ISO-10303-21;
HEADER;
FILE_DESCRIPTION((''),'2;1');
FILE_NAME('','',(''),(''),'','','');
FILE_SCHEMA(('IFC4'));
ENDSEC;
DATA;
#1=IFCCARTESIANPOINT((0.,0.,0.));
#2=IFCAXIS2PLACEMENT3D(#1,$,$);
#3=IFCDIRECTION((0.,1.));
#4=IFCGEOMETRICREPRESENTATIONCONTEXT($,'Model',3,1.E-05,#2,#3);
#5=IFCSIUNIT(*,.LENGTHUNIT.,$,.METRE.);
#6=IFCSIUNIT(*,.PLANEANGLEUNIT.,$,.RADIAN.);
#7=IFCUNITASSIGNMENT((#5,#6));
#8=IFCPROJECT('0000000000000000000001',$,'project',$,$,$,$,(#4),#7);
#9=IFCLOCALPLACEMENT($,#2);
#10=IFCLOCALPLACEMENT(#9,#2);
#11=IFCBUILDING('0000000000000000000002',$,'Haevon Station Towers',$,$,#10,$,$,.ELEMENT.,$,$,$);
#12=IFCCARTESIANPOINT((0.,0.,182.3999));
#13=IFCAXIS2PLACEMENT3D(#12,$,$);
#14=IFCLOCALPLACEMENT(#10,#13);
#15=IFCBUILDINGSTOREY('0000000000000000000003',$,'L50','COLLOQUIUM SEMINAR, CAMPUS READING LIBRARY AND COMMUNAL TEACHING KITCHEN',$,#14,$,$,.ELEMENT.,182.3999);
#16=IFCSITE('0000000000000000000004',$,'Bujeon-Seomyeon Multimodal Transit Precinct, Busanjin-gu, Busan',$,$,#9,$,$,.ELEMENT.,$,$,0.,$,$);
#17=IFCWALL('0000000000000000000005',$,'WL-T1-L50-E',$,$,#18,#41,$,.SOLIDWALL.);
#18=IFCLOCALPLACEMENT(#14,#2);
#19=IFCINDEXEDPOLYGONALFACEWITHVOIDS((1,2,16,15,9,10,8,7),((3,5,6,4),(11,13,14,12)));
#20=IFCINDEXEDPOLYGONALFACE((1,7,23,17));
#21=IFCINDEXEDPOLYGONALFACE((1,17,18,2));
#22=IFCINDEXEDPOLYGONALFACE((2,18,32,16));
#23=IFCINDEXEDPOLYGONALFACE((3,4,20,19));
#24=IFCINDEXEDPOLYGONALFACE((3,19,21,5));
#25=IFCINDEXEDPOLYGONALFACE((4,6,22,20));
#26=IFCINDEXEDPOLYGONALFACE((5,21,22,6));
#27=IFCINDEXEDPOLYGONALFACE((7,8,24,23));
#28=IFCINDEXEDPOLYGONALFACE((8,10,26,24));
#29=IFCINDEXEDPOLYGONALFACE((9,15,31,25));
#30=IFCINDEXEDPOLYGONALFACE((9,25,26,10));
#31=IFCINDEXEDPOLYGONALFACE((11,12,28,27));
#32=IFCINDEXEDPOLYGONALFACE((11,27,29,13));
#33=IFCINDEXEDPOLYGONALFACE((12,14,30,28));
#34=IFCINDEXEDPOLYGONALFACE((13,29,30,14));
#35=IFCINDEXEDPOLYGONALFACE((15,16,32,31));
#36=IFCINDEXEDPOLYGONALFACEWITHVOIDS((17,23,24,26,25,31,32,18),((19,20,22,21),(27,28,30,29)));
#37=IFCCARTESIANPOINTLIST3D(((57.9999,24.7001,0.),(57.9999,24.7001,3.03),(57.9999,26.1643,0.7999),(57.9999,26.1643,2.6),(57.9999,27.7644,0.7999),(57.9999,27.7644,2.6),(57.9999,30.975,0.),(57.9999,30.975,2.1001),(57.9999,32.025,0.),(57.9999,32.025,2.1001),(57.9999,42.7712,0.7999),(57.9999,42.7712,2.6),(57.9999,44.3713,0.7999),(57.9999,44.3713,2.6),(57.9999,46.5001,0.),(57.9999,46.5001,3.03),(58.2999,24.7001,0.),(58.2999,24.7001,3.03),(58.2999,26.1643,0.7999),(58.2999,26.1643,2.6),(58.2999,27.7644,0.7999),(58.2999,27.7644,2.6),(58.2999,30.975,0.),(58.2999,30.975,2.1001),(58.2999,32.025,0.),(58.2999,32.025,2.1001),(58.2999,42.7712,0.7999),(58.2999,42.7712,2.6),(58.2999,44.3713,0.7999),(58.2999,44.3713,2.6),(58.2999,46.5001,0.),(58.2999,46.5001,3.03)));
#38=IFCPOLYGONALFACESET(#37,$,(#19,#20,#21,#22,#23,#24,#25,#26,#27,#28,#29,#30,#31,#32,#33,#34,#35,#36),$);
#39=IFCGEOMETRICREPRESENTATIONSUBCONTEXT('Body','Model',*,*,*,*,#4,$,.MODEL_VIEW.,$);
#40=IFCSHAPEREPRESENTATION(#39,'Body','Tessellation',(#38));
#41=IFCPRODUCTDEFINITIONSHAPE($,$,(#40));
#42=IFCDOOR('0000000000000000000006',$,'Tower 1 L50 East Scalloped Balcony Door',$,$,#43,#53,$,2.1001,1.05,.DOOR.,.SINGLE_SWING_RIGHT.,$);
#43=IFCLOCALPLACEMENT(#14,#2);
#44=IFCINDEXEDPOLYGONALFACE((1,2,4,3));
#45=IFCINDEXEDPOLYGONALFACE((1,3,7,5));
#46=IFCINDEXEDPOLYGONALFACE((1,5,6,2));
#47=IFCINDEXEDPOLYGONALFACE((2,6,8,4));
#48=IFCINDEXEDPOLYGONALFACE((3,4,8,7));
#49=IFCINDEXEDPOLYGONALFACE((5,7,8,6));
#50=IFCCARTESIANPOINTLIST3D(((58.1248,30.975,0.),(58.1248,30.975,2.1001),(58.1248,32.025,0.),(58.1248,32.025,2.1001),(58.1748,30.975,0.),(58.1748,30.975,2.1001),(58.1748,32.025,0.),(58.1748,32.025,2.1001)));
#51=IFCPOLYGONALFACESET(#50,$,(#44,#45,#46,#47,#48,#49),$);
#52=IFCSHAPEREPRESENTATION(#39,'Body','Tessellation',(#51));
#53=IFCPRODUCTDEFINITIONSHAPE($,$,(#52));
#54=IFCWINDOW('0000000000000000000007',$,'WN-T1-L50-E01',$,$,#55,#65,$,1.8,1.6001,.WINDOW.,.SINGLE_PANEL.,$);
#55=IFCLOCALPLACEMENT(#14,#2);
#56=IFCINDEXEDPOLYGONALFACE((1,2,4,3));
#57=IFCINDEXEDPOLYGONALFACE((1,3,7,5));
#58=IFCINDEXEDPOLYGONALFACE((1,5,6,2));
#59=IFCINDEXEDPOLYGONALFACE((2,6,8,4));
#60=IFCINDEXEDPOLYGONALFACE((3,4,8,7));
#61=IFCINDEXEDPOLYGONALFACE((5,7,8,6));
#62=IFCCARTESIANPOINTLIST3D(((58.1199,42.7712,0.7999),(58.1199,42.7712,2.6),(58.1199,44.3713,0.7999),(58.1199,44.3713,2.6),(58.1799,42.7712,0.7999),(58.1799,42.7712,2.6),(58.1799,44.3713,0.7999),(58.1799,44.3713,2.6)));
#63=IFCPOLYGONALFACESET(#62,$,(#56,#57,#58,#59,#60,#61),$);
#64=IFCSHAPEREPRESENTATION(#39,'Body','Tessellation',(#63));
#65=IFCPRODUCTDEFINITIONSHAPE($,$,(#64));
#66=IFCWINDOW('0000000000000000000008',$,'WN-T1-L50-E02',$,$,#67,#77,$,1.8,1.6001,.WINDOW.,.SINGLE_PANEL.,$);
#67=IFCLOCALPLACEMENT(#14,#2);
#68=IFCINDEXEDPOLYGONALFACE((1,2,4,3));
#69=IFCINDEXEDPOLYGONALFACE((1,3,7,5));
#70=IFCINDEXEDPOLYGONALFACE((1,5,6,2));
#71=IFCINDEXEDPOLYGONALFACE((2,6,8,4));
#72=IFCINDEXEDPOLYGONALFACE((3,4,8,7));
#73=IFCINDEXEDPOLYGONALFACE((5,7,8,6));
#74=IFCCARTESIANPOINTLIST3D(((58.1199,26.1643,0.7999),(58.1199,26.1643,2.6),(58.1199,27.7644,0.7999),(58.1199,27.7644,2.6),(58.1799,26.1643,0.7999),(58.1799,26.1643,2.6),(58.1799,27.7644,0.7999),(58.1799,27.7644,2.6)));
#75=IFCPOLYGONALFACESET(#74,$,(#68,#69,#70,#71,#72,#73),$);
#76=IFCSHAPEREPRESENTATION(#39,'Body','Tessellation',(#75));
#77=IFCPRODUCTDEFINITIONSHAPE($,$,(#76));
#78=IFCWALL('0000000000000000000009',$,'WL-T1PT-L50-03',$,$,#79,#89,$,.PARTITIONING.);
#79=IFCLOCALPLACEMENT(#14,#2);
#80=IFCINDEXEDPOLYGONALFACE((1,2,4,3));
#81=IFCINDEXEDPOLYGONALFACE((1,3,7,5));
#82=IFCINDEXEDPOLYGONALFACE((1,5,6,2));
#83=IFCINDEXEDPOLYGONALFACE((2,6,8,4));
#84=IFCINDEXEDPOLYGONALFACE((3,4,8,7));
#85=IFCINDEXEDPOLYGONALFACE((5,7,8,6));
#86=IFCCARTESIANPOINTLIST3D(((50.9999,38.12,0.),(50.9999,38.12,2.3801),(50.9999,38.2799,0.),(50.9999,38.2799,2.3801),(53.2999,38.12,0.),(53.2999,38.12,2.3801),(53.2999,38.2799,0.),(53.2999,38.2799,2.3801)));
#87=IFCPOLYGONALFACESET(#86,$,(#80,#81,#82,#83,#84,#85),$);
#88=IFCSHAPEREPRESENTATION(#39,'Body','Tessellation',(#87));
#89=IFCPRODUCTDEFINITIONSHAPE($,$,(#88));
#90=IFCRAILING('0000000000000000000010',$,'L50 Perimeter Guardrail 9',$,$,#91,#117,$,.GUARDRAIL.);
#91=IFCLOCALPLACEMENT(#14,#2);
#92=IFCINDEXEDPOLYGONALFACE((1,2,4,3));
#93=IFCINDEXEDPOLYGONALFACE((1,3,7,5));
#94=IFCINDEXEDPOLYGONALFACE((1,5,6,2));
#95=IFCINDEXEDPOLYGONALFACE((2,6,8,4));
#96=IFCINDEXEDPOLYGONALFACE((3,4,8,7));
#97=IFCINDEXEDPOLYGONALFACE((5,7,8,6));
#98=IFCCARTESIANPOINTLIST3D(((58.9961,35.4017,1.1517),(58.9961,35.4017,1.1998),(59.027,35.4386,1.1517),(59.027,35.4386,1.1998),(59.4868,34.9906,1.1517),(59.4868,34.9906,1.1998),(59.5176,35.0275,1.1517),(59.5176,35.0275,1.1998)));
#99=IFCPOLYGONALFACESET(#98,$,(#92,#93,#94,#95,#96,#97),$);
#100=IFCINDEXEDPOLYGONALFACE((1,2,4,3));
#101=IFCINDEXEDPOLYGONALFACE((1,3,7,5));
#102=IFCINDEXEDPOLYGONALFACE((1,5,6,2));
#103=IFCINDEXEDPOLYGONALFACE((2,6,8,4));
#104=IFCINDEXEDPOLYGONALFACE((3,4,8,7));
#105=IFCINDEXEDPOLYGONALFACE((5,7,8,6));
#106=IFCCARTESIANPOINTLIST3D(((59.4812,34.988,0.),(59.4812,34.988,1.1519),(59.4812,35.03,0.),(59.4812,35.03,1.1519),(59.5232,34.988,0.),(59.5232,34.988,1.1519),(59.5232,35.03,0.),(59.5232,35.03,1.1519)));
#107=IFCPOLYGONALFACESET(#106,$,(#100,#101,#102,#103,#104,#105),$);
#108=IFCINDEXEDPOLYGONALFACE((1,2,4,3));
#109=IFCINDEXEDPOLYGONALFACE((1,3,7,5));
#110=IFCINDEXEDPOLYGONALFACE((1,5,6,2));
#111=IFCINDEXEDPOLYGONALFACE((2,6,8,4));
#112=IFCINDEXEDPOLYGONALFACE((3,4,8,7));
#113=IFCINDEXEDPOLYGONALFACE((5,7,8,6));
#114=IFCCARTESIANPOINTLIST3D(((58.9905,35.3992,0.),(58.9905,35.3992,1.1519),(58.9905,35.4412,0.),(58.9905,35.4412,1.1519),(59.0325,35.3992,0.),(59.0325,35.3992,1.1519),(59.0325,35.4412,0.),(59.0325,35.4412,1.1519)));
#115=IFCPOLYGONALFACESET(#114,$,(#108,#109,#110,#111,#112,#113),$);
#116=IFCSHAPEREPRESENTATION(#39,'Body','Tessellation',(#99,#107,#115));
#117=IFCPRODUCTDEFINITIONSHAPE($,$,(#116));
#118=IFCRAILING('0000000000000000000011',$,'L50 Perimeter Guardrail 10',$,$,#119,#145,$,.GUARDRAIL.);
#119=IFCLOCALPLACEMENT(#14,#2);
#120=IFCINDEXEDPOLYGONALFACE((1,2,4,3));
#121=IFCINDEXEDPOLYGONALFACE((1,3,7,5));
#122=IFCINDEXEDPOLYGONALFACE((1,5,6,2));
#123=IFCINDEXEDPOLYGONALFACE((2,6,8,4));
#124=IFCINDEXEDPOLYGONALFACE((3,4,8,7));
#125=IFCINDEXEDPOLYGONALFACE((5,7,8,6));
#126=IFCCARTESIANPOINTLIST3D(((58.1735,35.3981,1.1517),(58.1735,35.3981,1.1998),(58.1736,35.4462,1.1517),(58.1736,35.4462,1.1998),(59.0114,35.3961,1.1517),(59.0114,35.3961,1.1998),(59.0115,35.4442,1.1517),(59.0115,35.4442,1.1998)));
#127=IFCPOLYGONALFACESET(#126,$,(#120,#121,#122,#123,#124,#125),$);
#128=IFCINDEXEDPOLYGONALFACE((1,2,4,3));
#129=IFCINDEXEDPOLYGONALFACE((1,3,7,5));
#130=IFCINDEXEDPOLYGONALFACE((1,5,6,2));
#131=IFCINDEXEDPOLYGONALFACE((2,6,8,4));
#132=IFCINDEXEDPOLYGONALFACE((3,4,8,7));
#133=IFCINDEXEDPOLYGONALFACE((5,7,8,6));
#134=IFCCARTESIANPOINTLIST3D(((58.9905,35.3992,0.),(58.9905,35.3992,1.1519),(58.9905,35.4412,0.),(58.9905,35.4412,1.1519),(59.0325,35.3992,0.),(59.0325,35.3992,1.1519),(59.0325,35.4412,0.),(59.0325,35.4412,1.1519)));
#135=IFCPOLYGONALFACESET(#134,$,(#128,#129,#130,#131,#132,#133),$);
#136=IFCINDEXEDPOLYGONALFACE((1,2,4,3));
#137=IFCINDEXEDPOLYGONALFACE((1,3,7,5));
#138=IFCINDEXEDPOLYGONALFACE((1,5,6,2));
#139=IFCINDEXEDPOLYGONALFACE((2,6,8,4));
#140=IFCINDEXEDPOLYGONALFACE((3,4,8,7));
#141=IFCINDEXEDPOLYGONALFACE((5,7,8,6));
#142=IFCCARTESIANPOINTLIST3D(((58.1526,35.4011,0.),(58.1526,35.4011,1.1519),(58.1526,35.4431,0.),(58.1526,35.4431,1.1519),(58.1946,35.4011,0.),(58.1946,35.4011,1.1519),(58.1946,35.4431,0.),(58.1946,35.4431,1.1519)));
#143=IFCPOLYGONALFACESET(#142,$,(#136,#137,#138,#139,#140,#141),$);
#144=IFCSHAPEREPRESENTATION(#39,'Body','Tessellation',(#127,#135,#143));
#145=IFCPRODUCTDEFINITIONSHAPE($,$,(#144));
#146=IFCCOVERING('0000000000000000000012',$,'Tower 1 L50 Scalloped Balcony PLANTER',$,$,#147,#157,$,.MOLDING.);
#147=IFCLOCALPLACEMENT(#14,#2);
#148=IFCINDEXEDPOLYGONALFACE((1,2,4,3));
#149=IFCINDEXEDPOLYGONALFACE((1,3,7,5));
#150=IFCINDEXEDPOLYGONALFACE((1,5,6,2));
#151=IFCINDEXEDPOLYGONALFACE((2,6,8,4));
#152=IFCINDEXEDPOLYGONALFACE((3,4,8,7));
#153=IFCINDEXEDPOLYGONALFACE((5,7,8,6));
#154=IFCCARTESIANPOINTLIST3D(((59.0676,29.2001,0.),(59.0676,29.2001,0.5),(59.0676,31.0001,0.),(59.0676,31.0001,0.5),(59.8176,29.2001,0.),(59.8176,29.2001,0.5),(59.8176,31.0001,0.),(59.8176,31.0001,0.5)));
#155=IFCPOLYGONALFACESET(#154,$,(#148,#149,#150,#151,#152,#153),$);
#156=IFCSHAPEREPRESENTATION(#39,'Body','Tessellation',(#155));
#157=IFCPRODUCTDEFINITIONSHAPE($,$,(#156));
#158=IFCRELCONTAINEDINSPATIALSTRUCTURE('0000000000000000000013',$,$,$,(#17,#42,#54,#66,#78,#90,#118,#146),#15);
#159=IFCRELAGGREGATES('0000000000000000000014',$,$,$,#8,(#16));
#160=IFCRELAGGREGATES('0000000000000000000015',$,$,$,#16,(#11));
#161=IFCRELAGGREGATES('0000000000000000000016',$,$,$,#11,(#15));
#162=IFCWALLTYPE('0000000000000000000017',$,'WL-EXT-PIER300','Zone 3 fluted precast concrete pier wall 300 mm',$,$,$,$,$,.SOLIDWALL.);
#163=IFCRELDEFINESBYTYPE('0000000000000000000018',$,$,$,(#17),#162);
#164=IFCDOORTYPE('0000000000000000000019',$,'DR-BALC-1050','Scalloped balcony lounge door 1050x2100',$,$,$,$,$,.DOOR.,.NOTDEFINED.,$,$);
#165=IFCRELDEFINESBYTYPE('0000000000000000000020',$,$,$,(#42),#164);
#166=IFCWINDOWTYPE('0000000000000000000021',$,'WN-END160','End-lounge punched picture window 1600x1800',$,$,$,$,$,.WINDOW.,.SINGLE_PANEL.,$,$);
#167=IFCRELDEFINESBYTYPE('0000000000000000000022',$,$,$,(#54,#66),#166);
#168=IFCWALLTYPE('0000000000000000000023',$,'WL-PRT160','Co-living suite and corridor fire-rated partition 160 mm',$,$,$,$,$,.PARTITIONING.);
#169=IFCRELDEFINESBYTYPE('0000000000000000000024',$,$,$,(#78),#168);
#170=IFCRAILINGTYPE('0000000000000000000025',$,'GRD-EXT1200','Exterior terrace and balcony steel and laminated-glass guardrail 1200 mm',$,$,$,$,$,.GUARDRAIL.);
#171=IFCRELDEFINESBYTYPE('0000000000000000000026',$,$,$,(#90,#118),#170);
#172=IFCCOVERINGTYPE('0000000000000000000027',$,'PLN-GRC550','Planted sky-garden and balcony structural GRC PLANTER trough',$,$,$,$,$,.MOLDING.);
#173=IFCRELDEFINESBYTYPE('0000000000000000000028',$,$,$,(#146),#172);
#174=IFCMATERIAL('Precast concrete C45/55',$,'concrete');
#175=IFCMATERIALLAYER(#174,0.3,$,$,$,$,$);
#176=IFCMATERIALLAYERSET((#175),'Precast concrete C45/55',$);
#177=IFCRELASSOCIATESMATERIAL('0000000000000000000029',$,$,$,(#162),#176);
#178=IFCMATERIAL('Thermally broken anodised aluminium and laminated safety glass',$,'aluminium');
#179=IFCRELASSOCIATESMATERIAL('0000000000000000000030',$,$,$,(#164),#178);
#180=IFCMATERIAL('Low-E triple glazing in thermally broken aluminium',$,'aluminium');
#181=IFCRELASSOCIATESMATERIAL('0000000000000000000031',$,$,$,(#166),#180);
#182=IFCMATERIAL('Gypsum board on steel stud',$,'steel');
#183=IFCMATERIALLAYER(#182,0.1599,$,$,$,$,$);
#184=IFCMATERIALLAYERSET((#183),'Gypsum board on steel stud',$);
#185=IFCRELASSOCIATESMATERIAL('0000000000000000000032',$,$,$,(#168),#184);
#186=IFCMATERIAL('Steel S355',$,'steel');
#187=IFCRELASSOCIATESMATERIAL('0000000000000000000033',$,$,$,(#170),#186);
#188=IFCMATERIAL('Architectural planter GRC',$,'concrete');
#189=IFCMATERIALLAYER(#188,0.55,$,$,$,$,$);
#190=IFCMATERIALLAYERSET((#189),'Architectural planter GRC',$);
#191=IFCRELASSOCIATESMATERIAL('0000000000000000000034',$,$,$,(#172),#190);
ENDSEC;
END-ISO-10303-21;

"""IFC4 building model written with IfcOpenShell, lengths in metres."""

from ifc_helpers import new_model, si_unit, direction, frame, frame_2d, origin, origin_2d, place, context, subcontext, project, spatial, rectangle, extrude, material, layer, layer_set, type_object, element, fill, save


model = new_model("IFC4")

# Units and contexts
model_context = context("Model", 3, precision=1e-05, world=origin(), true_north=direction((0.0, 1.0)))
body_context = subcontext(model_context, "Body", "Model", "MODEL_VIEW")
ifc_project = project(units=[si_unit("LENGTHUNIT", "METRE"), si_unit("PLANEANGLEUNIT", "RADIAN")], contexts=[model_context])

# Site, building, storey
site_placement = place(None, origin())
site = spatial("IfcSite", under=ifc_project, at=site_placement, Name="Bujeon-Seomyeon Multimodal Transit Precinct, Busanjin-gu, Busan", CompositionType="ELEMENT", RefElevation=0.0)
building_placement = place(site_placement, origin())
building = spatial("IfcBuilding", under=site, at=building_placement, Name="Haevon Station Towers", CompositionType="ELEMENT")
storey_placement = place(building_placement, frame((0.0, 0.0, 182.3999)))
storey = spatial("IfcBuildingStorey", under=building, at=storey_placement, Name="L50", Description="COLLOQUIUM SEMINAR, CAMPUS READING LIBRARY AND COMMUNAL TEACHING KITCHEN", CompositionType="ELEMENT", Elevation=182.3999)

# Shared definitions
ifc_material_1 = material(Name="Steel S355", Category="steel")

# Shared definitions
ifc_material_2 = material(Name="Precast concrete C45/55", Category="concrete")
ifc_layer_1 = layer(ifc_material_2, 0.3)
ifc_layer_set_1 = layer_set([ifc_layer_1], Name="Precast concrete C45/55")
wall_type_1 = type_object("IfcWallType", Name="WL-EXT-PIER300", Description="Zone 3 fluted precast concrete pier wall 300 mm", PredefinedType="SOLIDWALL", material=ifc_layer_set_1)

# Wall, openings, door, windows
wall_1_placement = place(storey_placement, frame((58.1499, 46.5, 0.0), z_axis=(0.0, 0.0, 1.0), x_axis=(0.0, -1.0, 0.0)))
wall_1 = element("IfcWall", 1, at=wall_1_placement, inside=storey, type_object=wall_type_1, Name="WL-T1-L50-E", PredefinedType="SOLIDWALL", context=body_context, shape_type="SweptSolid", body=[
    extrude(rectangle(XDim=21.8, YDim=0.3, at=frame_2d((10.8999, 0.0))), origin(), (0.0, 0.0, 1.0), 3.03),
])
opening_1_placement = place(wall_1_placement, frame((14.4751, 0.0, 0.0)))
opening_1 = element("IfcOpeningElement", 2, at=opening_1_placement, cuts=wall_1, PredefinedType="OPENING", context=body_context, shape_type="SweptSolid", body=[
    extrude(rectangle(XDim=1.05, YDim=2.1001, at=frame_2d((0.5249, 1.05))), frame((0.0, 0.1599, 0.0), z_axis=(0.0, -1.0, 0.0), x_axis=(1.0, 0.0, 0.0)), (0.0, 0.0, 1.0), 0.3201),
])
opening_2_placement = place(wall_1_placement, frame((2.1287, 0.0, 0.8)))
opening_2 = element("IfcOpeningElement", 3, at=opening_2_placement, cuts=wall_1, PredefinedType="OPENING", context=body_context, shape_type="SweptSolid", body=[
    extrude(rectangle(XDim=1.6001, YDim=1.8, at=frame_2d((0.8, 0.8999))), frame((0.0, 0.1599, 0.0), z_axis=(0.0, -1.0, 0.0), x_axis=(1.0, 0.0, 0.0)), (0.0, 0.0, 1.0), 0.3201),
])
opening_3_placement = place(wall_1_placement, frame((18.7356, 0.0, 0.8)))
opening_3 = element("IfcOpeningElement", 4, at=opening_3_placement, cuts=wall_1, PredefinedType="OPENING", context=body_context, shape_type="SweptSolid", body=[
    extrude(rectangle(XDim=1.6001, YDim=1.8, at=frame_2d((0.8, 0.8999))), frame((0.0, 0.1599, 0.0), z_axis=(0.0, -1.0, 0.0), x_axis=(1.0, 0.0, 0.0)), (0.0, 0.0, 1.0), 0.3201),
])
ifc_material_3 = material(Name="Thermally broken anodised aluminium and laminated safety glass", Category="aluminium")
door_type = type_object("IfcDoorType", Name="DR-BALC-1050", Description="Scalloped balcony lounge door 1050x2100", OperationType="NOTDEFINED", PredefinedType="DOOR", material=ifc_material_3)
door_placement = place(opening_1_placement, origin())
door = element("IfcDoor", 5, at=door_placement, inside=storey, type_object=door_type, Name="Tower 1 L50 East Scalloped Balcony Door", OperationType="SINGLE_SWING_RIGHT", OverallHeight=2.1001, OverallWidth=1.05, PredefinedType="DOOR", context=body_context, shape_type="SweptSolid", body=[
    extrude(rectangle(XDim=1.05, YDim=2.1001, at=frame_2d((0.5249, 1.05))), frame((0.0, 0.0249, 0.0), z_axis=(0.0, -1.0, 0.0), x_axis=(1.0, 0.0, 0.0)), (0.0, 0.0, 1.0), 0.05),
])
fill(opening_1, door)
ifc_material_4 = material(Name="Low-E triple glazing in thermally broken aluminium", Category="aluminium")
window_type = type_object("IfcWindowType", Name="WN-END160", Description="End-lounge punched picture window 1600x1800", PartitioningType="SINGLE_PANEL", PredefinedType="WINDOW", material=ifc_material_4)
window_1_placement = place(opening_2_placement, origin())
window_1 = element("IfcWindow", 6, at=window_1_placement, inside=storey, type_object=window_type, Name="WN-T1-L50-E01", OverallHeight=1.8, OverallWidth=1.6001, PartitioningType="SINGLE_PANEL", PredefinedType="WINDOW", context=body_context, shape_type="SweptSolid", body=[
    extrude(rectangle(XDim=1.6001, YDim=1.8, at=frame_2d((0.8, 0.8999))), frame((0.0, 0.03, 0.0), z_axis=(0.0, -1.0, 0.0), x_axis=(1.0, 0.0, 0.0)), (0.0, 0.0, 1.0), 0.0601),
])
fill(opening_2, window_1)
window_2_placement = place(opening_3_placement, origin())
window_2 = element("IfcWindow", 7, at=window_2_placement, inside=storey, type_object=window_type, Name="WN-T1-L50-E02", OverallHeight=1.8, OverallWidth=1.6001, PartitioningType="SINGLE_PANEL", PredefinedType="WINDOW", context=body_context, shape_type="SweptSolid", body=[
    extrude(rectangle(XDim=1.6001, YDim=1.8, at=frame_2d((0.8, 0.8999))), frame((0.0, 0.03, 0.0), z_axis=(0.0, -1.0, 0.0), x_axis=(1.0, 0.0, 0.0)), (0.0, 0.0, 1.0), 0.0601),
])
fill(opening_3, window_2)

# Wall
ifc_material_5 = material(Name="Gypsum board on steel stud", Category="steel")
ifc_layer_2 = layer(ifc_material_5, 0.1599)
ifc_layer_set_2 = layer_set([ifc_layer_2], Name="Gypsum board on steel stud")
wall_type_2 = type_object("IfcWallType", Name="WL-PRT160", Description="Co-living suite and corridor fire-rated partition 160 mm", PredefinedType="PARTITIONING", material=ifc_layer_set_2)
wall_2_placement = place(storey_placement, frame((51.0, 38.2, 0.0), z_axis=(0.0, 0.0, 1.0), x_axis=(1.0, 0.0, 0.0)))
element("IfcWall", 8, at=wall_2_placement, inside=storey, type_object=wall_type_2, Name="WL-T1PT-L50-03", PredefinedType="PARTITIONING", context=body_context, shape_type="SweptSolid", body=[
    extrude(rectangle(XDim=2.3, YDim=0.1599, at=frame_2d((1.1499, 0.0))), origin(), (0.0, 0.0, 1.0), 2.3801),
])

# Railings
railing_type = type_object("IfcRailingType", Name="GRD-EXT1200", Description="Exterior terrace and balcony steel and laminated-glass guardrail 1200 mm", PredefinedType="GUARDRAIL", material=ifc_material_1)
railing_1_placement = place(storey_placement, frame((59.5022, 35.009, 0.0)))
element("IfcRailing", 9, at=railing_1_placement, inside=storey, type_object=railing_type, Name="L50 Perimeter Guardrail 9", PredefinedType="GUARDRAIL", context=body_context, shape_type="SweptSolid", body=[
    extrude(rectangle(XDim=0.0481, YDim=0.0481, at=origin_2d()), frame((0.0, 0.0, 1.1758), z_axis=(-0.766531, 0.642208, 0.0), x_axis=(-0.642208, -0.766531, 0.0)), (0.0, 0.0, 1.0), 0.6401),
    extrude(rectangle(XDim=0.042, YDim=0.042, at=origin_2d()), origin(), (0.0, 0.0, 1.0), 1.1519),
    extrude(rectangle(XDim=0.042, YDim=0.042, at=origin_2d()), frame((-0.4907, 0.4111, 0.0)), (0.0, 0.0, 1.0), 1.1519),
])
railing_2_placement = place(storey_placement, frame((59.0115, 35.4202, 0.0)))
element("IfcRailing", 10, at=railing_2_placement, inside=storey, type_object=railing_type, Name="L50 Perimeter Guardrail 10", PredefinedType="GUARDRAIL", context=body_context, shape_type="SweptSolid", body=[
    extrude(rectangle(XDim=0.0481, YDim=0.0481, at=origin_2d()), frame((0.0, 0.0, 1.1758), z_axis=(-0.999997, 0.002331, 0.0), x_axis=(-0.002331, -0.999997, 0.0)), (0.0, 0.0, 1.0), 0.8379),
    extrude(rectangle(XDim=0.042, YDim=0.042, at=origin_2d()), origin(), (0.0, 0.0, 1.0), 1.1519),
    extrude(rectangle(XDim=0.042, YDim=0.042, at=origin_2d()), frame((-0.8379, 0.002, 0.0)), (0.0, 0.0, 1.0), 1.1519),
])

# Covering
ifc_material_6 = material(Name="Architectural planter GRC", Category="concrete")
ifc_layer_3 = layer(ifc_material_6, 0.55)
ifc_layer_set_3 = layer_set([ifc_layer_3], Name="Architectural planter GRC")
covering_type = type_object("IfcCoveringType", Name="PLN-GRC550", Description="Planted sky-garden and balcony structural GRC PLANTER trough", PredefinedType="MOLDING", material=ifc_layer_set_3)
covering_placement = place(storey_placement, frame((59.4426, 30.1001, 0.0), z_axis=(0.0, 0.0, 1.0), x_axis=(1.0, 0.0, 0.0)))
element("IfcCovering", 11, at=covering_placement, inside=storey, type_object=covering_type, Name="Tower 1 L50 Scalloped Balcony PLANTER", PredefinedType="MOLDING", context=body_context, shape_type="SweptSolid", body=[
    extrude(rectangle(XDim=0.75, YDim=1.8, at=origin_2d()), origin(), (0.0, 0.0, 1.0), 0.5),
])

save(model, "model.ifc")
